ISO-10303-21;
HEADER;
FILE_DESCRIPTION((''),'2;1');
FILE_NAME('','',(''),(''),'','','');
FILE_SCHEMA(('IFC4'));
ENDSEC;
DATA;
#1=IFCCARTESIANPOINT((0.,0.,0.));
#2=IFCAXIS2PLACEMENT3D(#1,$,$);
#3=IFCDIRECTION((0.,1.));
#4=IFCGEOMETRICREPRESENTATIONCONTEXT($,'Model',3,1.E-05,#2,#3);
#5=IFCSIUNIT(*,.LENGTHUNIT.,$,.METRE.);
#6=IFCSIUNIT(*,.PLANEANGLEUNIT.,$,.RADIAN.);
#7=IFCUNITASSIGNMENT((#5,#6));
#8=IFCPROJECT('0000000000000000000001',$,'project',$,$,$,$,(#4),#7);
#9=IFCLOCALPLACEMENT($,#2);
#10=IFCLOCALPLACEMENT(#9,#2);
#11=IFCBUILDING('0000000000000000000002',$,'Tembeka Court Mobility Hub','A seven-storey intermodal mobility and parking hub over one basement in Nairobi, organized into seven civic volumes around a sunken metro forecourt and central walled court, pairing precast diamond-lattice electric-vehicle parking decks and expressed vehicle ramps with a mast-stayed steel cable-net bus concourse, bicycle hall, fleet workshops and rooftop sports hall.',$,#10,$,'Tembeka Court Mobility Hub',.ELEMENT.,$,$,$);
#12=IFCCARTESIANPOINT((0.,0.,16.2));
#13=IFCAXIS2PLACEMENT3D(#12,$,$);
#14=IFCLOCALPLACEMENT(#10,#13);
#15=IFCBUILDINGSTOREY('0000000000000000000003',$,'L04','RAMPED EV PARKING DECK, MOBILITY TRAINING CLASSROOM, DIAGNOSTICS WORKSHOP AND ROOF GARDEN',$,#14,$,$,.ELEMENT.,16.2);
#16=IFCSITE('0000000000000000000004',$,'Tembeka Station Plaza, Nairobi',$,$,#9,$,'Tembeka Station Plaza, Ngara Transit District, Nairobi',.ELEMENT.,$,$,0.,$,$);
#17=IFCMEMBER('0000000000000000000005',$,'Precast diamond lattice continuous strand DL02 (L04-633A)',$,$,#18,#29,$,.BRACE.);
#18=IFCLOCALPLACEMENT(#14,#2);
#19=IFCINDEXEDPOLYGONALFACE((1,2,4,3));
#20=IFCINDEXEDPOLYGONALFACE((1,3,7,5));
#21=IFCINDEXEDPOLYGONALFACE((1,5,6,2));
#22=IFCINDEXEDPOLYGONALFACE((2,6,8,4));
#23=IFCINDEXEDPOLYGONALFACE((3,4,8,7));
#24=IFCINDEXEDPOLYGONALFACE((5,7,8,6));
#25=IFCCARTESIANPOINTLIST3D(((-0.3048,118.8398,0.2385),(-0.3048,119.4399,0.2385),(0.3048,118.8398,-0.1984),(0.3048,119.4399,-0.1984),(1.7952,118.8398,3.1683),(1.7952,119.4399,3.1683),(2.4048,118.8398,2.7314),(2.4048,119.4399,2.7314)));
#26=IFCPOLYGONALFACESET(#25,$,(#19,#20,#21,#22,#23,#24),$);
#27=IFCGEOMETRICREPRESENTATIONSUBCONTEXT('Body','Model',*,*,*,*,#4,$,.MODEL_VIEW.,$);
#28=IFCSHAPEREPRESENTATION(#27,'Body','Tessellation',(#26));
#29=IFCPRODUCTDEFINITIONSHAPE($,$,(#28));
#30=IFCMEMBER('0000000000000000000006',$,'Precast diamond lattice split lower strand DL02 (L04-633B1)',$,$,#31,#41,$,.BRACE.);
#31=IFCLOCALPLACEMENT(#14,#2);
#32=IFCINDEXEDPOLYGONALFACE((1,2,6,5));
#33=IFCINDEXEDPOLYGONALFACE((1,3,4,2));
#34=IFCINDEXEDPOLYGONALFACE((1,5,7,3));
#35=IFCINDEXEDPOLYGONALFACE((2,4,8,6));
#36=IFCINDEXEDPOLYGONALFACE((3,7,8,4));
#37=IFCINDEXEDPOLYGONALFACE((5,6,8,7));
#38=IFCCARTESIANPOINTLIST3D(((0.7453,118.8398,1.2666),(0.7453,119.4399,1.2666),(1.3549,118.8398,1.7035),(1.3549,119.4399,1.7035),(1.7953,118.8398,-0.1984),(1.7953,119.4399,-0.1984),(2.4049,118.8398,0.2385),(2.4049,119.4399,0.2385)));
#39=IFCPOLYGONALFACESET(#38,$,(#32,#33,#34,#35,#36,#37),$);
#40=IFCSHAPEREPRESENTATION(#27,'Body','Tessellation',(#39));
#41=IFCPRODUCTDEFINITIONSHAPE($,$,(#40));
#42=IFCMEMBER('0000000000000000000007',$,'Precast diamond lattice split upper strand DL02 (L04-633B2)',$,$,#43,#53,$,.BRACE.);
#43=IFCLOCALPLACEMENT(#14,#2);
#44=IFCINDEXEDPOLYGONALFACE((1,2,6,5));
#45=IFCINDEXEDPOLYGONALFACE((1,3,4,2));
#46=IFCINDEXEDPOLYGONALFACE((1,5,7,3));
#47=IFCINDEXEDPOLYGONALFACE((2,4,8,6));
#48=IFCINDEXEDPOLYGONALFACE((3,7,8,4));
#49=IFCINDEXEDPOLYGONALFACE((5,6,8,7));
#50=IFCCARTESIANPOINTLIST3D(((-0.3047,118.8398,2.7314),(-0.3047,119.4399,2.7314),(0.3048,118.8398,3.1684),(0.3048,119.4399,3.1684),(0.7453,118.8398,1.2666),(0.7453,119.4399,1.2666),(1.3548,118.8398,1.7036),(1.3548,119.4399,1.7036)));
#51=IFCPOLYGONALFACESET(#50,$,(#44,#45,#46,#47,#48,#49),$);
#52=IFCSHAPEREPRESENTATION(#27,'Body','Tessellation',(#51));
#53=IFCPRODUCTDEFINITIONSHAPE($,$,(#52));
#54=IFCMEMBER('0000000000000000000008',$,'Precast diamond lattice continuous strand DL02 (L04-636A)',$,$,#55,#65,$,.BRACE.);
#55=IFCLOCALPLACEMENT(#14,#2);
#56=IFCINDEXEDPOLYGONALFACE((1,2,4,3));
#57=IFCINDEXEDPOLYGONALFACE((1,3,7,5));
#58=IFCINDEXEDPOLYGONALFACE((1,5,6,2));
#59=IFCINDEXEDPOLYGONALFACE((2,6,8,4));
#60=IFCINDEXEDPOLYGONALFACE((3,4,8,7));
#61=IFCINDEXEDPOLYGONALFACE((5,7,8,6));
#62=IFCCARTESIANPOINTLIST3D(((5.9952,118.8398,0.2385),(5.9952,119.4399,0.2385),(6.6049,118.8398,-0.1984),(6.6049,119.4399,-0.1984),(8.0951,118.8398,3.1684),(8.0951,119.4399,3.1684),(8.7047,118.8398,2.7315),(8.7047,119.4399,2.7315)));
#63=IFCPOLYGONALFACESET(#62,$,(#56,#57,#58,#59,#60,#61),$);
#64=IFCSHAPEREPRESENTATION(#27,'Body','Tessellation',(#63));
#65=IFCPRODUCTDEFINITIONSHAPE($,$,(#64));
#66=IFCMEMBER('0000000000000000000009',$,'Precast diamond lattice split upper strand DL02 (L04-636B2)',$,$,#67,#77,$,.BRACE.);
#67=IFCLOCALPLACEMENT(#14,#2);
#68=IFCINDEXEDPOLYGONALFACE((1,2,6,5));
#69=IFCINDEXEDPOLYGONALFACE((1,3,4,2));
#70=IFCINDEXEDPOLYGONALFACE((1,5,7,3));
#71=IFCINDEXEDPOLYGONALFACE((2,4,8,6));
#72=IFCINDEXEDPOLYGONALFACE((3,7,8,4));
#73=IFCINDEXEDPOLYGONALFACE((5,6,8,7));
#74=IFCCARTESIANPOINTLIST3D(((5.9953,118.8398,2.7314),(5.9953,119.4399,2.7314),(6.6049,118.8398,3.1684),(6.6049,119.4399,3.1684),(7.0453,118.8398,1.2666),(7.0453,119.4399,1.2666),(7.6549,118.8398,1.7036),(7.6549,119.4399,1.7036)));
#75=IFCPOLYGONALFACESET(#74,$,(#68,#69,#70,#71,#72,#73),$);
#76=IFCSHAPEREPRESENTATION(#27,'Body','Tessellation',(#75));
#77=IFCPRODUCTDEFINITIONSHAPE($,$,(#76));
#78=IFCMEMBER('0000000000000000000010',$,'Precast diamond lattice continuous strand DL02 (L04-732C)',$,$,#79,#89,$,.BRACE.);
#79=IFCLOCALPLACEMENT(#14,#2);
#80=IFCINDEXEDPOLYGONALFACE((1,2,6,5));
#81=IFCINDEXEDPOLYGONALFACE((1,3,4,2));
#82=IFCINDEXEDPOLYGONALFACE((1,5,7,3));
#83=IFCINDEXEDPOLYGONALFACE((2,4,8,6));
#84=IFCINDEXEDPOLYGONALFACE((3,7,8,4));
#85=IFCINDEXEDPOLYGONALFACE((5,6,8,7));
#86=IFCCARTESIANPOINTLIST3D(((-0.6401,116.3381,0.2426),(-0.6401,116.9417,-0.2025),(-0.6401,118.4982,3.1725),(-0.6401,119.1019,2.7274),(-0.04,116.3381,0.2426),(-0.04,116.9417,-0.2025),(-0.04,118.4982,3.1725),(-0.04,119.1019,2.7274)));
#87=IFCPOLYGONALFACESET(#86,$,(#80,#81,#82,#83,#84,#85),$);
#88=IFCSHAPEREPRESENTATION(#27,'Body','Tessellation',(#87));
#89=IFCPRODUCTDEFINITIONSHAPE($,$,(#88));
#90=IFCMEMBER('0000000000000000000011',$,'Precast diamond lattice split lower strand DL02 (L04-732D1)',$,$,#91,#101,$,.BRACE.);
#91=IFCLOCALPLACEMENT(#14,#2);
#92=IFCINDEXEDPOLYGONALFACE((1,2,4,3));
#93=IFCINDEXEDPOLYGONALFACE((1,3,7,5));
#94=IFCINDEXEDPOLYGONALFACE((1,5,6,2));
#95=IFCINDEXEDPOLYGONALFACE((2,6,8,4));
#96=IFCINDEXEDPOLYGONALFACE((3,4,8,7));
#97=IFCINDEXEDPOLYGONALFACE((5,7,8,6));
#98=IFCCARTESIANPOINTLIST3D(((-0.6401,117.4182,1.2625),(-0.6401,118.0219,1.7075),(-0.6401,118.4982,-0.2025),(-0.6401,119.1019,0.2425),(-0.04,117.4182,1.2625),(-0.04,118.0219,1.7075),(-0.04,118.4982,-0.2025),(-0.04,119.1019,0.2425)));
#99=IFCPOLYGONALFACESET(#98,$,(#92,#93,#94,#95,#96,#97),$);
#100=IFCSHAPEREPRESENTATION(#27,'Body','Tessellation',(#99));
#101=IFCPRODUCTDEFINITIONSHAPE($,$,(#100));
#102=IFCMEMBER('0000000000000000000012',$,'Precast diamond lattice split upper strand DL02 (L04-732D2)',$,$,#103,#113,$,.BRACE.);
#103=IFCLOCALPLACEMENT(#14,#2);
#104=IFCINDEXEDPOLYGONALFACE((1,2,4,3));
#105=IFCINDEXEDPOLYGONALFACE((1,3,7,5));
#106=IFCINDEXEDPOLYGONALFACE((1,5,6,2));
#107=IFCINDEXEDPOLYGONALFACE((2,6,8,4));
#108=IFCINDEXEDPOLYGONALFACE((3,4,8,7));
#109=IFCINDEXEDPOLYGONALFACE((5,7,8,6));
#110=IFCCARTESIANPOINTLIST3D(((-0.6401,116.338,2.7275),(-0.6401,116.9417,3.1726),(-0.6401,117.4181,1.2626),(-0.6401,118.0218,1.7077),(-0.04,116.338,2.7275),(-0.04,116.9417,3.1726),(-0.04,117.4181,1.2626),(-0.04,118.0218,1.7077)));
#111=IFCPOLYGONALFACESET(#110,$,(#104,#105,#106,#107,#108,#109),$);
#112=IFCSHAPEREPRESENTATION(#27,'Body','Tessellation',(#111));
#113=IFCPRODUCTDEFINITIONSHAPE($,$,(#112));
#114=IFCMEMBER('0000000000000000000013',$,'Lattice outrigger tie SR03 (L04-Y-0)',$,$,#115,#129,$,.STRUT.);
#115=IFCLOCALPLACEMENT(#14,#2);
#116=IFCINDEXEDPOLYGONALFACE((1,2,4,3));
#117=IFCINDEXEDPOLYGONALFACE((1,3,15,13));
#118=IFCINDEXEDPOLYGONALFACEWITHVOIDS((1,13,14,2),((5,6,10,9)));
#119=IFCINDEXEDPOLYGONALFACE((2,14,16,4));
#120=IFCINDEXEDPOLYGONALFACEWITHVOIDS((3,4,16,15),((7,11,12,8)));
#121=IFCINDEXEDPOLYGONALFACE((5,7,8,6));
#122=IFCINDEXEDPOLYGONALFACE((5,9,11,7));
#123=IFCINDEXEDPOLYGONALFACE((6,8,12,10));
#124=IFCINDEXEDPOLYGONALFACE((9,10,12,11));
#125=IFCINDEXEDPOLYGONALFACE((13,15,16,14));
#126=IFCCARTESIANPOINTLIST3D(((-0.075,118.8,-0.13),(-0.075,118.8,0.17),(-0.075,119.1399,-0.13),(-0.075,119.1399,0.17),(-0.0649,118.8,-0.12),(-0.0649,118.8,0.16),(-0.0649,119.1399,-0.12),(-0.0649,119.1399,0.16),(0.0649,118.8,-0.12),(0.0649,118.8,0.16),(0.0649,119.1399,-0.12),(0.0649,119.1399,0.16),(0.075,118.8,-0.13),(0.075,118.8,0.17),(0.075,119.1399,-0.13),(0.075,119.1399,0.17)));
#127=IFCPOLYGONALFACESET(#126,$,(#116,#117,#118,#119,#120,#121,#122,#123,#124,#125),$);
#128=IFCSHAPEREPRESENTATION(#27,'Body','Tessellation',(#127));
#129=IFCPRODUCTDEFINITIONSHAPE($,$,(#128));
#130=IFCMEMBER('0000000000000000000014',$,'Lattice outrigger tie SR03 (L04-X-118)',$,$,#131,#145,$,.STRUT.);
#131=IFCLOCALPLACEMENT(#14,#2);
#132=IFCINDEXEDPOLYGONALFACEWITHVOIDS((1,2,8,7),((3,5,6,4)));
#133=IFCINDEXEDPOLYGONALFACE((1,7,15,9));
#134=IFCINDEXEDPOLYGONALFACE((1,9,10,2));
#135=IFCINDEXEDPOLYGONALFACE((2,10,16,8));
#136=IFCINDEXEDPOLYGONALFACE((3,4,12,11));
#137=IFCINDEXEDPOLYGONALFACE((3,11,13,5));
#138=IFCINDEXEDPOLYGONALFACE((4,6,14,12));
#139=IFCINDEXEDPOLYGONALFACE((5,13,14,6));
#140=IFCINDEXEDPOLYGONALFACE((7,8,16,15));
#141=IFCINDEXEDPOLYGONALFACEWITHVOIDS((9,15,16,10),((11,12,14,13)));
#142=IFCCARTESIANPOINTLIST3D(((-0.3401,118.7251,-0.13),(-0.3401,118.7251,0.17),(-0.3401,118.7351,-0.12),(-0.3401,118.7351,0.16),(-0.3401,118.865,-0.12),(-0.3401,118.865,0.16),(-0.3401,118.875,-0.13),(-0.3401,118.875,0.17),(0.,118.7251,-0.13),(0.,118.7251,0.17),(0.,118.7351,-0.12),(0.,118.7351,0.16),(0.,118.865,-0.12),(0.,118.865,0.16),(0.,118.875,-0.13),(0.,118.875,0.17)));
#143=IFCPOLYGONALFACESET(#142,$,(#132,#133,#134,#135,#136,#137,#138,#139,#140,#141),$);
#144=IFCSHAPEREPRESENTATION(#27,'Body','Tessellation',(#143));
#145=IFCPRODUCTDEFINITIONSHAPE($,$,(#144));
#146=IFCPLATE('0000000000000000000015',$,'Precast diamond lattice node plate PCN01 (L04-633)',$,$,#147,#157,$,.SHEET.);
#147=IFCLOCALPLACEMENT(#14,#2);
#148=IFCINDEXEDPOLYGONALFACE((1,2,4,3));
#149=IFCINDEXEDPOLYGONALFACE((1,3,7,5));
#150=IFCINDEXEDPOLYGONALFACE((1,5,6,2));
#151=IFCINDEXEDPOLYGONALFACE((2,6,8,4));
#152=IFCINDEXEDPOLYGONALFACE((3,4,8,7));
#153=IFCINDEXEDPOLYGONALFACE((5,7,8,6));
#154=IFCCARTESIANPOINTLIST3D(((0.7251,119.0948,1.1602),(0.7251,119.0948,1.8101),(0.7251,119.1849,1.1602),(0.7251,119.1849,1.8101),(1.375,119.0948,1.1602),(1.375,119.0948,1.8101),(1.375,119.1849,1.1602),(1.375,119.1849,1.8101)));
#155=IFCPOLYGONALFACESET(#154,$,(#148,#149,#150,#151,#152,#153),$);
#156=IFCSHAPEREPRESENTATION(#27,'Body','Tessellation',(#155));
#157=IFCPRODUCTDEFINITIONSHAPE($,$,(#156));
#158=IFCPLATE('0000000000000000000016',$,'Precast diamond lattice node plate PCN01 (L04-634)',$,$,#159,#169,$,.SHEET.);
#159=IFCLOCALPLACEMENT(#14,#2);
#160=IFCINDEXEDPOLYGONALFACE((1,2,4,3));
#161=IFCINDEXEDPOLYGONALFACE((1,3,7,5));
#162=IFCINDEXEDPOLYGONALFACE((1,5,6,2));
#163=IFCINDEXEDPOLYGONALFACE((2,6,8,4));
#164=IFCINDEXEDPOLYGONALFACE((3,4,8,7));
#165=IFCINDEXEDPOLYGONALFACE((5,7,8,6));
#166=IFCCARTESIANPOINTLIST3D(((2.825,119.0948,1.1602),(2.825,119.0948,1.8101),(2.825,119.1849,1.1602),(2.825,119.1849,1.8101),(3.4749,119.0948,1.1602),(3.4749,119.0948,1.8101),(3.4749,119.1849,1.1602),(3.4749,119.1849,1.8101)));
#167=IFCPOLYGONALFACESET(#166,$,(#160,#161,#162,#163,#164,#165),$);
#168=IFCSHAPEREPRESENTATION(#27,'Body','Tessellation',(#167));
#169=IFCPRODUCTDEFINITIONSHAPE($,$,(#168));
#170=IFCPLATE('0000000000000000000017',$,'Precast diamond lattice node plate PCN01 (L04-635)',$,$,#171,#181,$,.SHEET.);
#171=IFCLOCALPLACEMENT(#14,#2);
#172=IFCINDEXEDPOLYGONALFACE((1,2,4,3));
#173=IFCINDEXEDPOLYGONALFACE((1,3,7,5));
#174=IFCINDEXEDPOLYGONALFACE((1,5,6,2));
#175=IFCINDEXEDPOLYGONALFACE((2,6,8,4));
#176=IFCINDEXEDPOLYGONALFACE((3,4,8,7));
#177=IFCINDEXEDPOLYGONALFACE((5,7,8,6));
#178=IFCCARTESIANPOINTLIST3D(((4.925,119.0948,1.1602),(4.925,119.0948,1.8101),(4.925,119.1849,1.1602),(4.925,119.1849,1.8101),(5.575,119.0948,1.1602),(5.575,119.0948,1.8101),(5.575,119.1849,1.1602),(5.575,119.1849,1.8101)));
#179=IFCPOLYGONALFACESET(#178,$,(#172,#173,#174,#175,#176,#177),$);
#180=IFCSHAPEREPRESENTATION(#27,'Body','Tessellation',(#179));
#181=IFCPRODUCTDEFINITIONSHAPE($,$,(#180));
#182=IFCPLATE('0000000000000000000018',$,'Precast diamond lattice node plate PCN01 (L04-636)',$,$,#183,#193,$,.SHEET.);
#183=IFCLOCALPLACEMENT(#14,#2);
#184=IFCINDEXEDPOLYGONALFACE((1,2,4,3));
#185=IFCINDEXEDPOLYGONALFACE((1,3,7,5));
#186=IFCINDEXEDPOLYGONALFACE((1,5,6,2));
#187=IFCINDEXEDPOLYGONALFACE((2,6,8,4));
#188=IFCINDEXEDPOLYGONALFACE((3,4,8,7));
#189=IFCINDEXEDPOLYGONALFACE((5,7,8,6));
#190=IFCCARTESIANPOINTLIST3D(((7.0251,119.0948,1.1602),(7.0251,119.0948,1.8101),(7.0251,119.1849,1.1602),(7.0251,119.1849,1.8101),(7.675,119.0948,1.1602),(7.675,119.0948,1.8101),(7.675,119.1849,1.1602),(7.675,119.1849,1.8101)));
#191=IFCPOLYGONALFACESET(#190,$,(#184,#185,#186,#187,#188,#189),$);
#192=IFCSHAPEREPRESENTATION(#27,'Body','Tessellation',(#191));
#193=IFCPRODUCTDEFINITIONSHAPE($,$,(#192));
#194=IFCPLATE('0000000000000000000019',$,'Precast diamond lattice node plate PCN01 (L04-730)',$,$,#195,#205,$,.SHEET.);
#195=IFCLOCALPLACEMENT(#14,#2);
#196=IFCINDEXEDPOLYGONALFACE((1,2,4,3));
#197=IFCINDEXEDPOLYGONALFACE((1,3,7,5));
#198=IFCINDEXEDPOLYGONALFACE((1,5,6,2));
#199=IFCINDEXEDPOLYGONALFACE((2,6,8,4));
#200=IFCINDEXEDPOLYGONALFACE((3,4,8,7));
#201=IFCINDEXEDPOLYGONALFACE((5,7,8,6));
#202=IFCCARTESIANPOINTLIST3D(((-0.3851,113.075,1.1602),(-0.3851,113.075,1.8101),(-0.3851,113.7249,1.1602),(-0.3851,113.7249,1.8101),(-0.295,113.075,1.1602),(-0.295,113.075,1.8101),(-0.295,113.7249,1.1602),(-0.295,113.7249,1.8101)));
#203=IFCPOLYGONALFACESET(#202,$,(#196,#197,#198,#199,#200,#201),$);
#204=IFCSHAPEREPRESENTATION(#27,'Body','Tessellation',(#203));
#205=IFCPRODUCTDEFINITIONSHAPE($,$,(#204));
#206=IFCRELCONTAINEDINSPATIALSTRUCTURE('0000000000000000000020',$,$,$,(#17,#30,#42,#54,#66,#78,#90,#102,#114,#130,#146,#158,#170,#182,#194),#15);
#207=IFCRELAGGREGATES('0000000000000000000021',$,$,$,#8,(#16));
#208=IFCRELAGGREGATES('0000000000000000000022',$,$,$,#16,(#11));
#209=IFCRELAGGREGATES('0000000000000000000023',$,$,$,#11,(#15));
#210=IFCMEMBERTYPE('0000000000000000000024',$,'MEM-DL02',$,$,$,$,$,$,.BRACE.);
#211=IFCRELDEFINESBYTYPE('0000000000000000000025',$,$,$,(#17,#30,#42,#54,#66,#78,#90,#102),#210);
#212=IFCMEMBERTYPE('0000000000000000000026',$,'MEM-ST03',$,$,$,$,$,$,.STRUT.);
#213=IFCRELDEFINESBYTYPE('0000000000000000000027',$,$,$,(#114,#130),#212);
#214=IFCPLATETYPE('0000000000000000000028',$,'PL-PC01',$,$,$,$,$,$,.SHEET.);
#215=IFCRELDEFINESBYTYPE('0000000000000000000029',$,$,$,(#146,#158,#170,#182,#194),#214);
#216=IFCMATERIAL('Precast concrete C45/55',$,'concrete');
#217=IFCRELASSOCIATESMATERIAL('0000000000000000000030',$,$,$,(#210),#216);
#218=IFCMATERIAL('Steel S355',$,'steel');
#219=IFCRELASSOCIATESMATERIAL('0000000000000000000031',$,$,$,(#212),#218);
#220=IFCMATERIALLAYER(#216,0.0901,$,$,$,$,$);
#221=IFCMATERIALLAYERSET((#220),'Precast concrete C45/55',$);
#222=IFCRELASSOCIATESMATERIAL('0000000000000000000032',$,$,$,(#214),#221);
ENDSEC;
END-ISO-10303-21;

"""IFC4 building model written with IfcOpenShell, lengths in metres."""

from ifc_helpers import new_model, si_unit, direction, frame, origin, origin_2d, place, context, subcontext, project, spatial, rectangle, hollow_rectangle, extrude, material, layer, layer_set, material_profile, profile_set, type_object, element, save


model = new_model("IFC4")

# Units and contexts
model_context = context("Model", 3, precision=1e-05, world=origin(), true_north=direction((0.0, 1.0)))
body_context = subcontext(model_context, "Body", "Model", "MODEL_VIEW")
ifc_project = project(units=[si_unit("LENGTHUNIT", "METRE"), si_unit("PLANEANGLEUNIT", "RADIAN")], contexts=[model_context])

# Site, building, storey
site_placement = place(None, origin())
site = spatial("IfcSite", under=ifc_project, at=site_placement, Name="Tembeka Station Plaza, Nairobi", LongName="Tembeka Station Plaza, Ngara Transit District, Nairobi", CompositionType="ELEMENT", RefElevation=0.0)
building_placement = place(site_placement, origin())
building = spatial("IfcBuilding", under=site, at=building_placement, Name="Tembeka Court Mobility Hub", Description="A seven-storey intermodal mobility and parking hub over one basement in Nairobi, organized into seven civic volumes around a sunken metro forecourt and central walled court, pairing precast diamond-lattice electric-vehicle parking decks and expressed vehicle ramps with a mast-stayed steel cable-net bus concourse, bicycle hall, fleet workshops and rooftop sports hall.", LongName="Tembeka Court Mobility Hub", CompositionType="ELEMENT")
storey_placement = place(building_placement, frame((0.0, 0.0, 16.2)))
storey = spatial("IfcBuildingStorey", under=building, at=storey_placement, Name="L04", Description="RAMPED EV PARKING DECK, MOBILITY TRAINING CLASSROOM, DIAGNOSTICS WORKSHOP AND ROOF GARDEN", CompositionType="ELEMENT", Elevation=16.2)

# Shared definitions
ifc_material_1 = material(Name="Steel S355", Category="steel")

# Shared definitions
ifc_material_2 = material(Name="Precast concrete C45/55", Category="concrete")

# Members
ifc_material_profile_1 = material_profile(ifc_material_2, rectangle(XDim=0.6001, YDim=0.75, at=origin_2d()), Name="PC-DIAG 600x750")
ifc_profile_set_1 = profile_set([ifc_material_profile_1], Name="Precast concrete C45/55")
member_type_1 = type_object("IfcMemberType", Name="MEM-DL02", PredefinedType="BRACE", material=ifc_profile_set_1)
member_1_placement = place(storey_placement, frame((0.0, 119.1399, 0.02), z_axis=(0.582576, 0.0, 0.812776), x_axis=(0.0, 1.0, 0.0)))
element("IfcMember", 1, at=member_1_placement, inside=storey, type_object=member_type_1, Name="Precast diamond lattice continuous strand DL02 (L04-633A)", PredefinedType="BRACE", context=body_context, shape_type="SweptSolid", body=[
    extrude(rectangle(XDim=0.6001, YDim=0.75, at=origin_2d()), origin(), (0.0, 0.0, 1.0), 3.6047),
])
member_2_placement = place(storey_placement, frame((2.1001, 119.1399, 0.02), z_axis=(-0.582544, 0.0, 0.812799), x_axis=(0.0, -1.0, 0.0)))
element("IfcMember", 2, at=member_2_placement, inside=storey, type_object=member_type_1, Name="Precast diamond lattice split lower strand DL02 (L04-633B1)", PredefinedType="BRACE", context=body_context, shape_type="SweptSolid", body=[
    extrude(rectangle(XDim=0.6001, YDim=0.75, at=origin_2d()), origin(), (0.0, 0.0, 1.0), 1.8025),
])
member_3_placement = place(storey_placement, frame((1.05, 119.1399, 1.4851), z_axis=(-0.582608, 0.0, 0.812753), x_axis=(0.0, -1.0, 0.0)))
element("IfcMember", 3, at=member_3_placement, inside=storey, type_object=member_type_1, Name="Precast diamond lattice split upper strand DL02 (L04-633B2)", PredefinedType="BRACE", context=body_context, shape_type="SweptSolid", body=[
    extrude(rectangle(XDim=0.6001, YDim=0.75, at=origin_2d()), origin(), (0.0, 0.0, 1.0), 1.8022),
])
member_4_placement = place(storey_placement, frame((6.3, 119.1399, 0.02), z_axis=(0.582532, 0.0, 0.812808), x_axis=(0.0, 1.0, 0.0)))
element("IfcMember", 4, at=member_4_placement, inside=storey, type_object=member_type_1, Name="Precast diamond lattice continuous strand DL02 (L04-636A)", PredefinedType="BRACE", context=body_context, shape_type="SweptSolid", body=[
    extrude(rectangle(XDim=0.6001, YDim=0.75, at=origin_2d()), origin(), (0.0, 0.0, 1.0), 3.6047),
])
member_5_placement = place(storey_placement, frame((7.3501, 119.1399, 1.4851), z_axis=(-0.582608, 0.0, 0.812753), x_axis=(0.0, -1.0, 0.0)))
element("IfcMember", 5, at=member_5_placement, inside=storey, type_object=member_type_1, Name="Precast diamond lattice split upper strand DL02 (L04-636B2)", PredefinedType="BRACE", context=body_context, shape_type="SweptSolid", body=[
    extrude(rectangle(XDim=0.6001, YDim=0.75, at=origin_2d()), origin(), (0.0, 0.0, 1.0), 1.8022),
])
member_6_placement = place(storey_placement, frame((-0.3401, 116.6399, 0.02), z_axis=(0.0, 0.593423, 0.804891), x_axis=(-1.0, 0.0, 0.0)))
element("IfcMember", 6, at=member_6_placement, inside=storey, type_object=member_type_1, Name="Precast diamond lattice continuous strand DL02 (L04-732C)", PredefinedType="BRACE", context=body_context, shape_type="SweptSolid", body=[
    extrude(rectangle(XDim=0.6001, YDim=0.75, at=origin_2d()), origin(), (0.0, 0.0, 1.0), 3.6401),
])
for number, where, z_axis, x_axis, name in (
    (7, (-0.3401, 118.8, 0.02), (0.0, -0.593391, 0.804914), (1.0, 0.0, 0.0), "Precast diamond lattice split lower strand DL02 (L04-732D1)"),
    (8, (-0.3401, 117.72, 1.4851), (0.0, -0.593455, 0.804867), (1.0, 0.0, 0.0), "Precast diamond lattice split upper strand DL02 (L04-732D2)"),
):
    element("IfcMember", number, at=place(storey_placement, frame(where, z_axis=z_axis, x_axis=x_axis)), inside=storey, type_object=member_type_1, Name=name, PredefinedType="BRACE", context=body_context, shape_type="SweptSolid", body=[
        extrude(rectangle(XDim=0.6001, YDim=0.75, at=origin_2d()), origin(), (0.0, 0.0, 1.0), 1.8201),
    ])
ifc_material_profile_2 = material_profile(ifc_material_1, hollow_rectangle(XDim=0.1499, YDim=0.3, WallThickness=0.01, at=origin_2d()), Name="RHS 300x150x10")
ifc_profile_set_2 = profile_set([ifc_material_profile_2], Name="Steel S355")
member_type_2 = type_object("IfcMemberType", Name="MEM-ST03", PredefinedType="STRUT", material=ifc_profile_set_2)
member_7_placement = place(storey_placement, frame((0.0, 118.8, 0.02), z_axis=(0.0, 1.0, 0.0), x_axis=(-1.0, 0.0, 0.0)))
element("IfcMember", 9, at=member_7_placement, inside=storey, type_object=member_type_2, Name="Lattice outrigger tie SR03 (L04-Y-0)", PredefinedType="STRUT", context=body_context, shape_type="SweptSolid", body=[
    extrude(hollow_rectangle(XDim=0.1499, YDim=0.3, WallThickness=0.01, at=origin_2d()), origin(), (0.0, 0.0, 1.0), 0.3398),
])
member_8_placement = place(storey_placement, frame((0.0, 118.8, 0.02), z_axis=(-1.0, 0.0, 0.0), x_axis=(0.0, -1.0, 0.0)))
element("IfcMember", 10, at=member_8_placement, inside=storey, type_object=member_type_2, Name="Lattice outrigger tie SR03 (L04-X-118)", PredefinedType="STRUT", context=body_context, shape_type="SweptSolid", body=[
    extrude(hollow_rectangle(XDim=0.1499, YDim=0.3, WallThickness=0.01, at=origin_2d()), origin(), (0.0, 0.0, 1.0), 0.3401),
])

# Plates
ifc_layer = layer(ifc_material_2, 0.0901)
ifc_layer_set = layer_set([ifc_layer], Name="Precast concrete C45/55")
plate_type = type_object("IfcPlateType", Name="PL-PC01", PredefinedType="SHEET", material=ifc_layer_set)
for number, where, z_axis, x_axis, name in (
    (11, (1.05, 119.1399, 1.1602), (0.0, 0.0, 1.0), (1.0, 0.0, 0.0), "Precast diamond lattice node plate PCN01 (L04-633)"),
    (12, (3.1499, 119.1399, 1.1602), (0.0, 0.0, 1.0), (1.0, 0.0, 0.0), "Precast diamond lattice node plate PCN01 (L04-634)"),
    (13, (5.25, 119.1399, 1.1602), (0.0, 0.0, 1.0), (1.0, 0.0, 0.0), "Precast diamond lattice node plate PCN01 (L04-635)"),
    (14, (7.3501, 119.1399, 1.1602), (0.0, 0.0, 1.0), (1.0, 0.0, 0.0), "Precast diamond lattice node plate PCN01 (L04-636)"),
):
    element("IfcPlate", number, at=place(storey_placement, frame(where, z_axis=z_axis, x_axis=x_axis)), inside=storey, type_object=plate_type, Name=name, PredefinedType="SHEET", context=body_context, shape_type="SweptSolid", body=[
        extrude(rectangle(XDim=0.6499, YDim=0.0901, at=origin_2d()), origin(), (0.0, 0.0, 1.0), 0.6499),
    ])
for number, where, z_axis, x_axis, name in (
    (15, (-0.3401, 113.3999, 1.1602), (0.0, 0.0, 1.0), (1.0, 0.0, 0.0), "Precast diamond lattice node plate PCN01 (L04-730)"),
):
    element("IfcPlate", number, at=place(storey_placement, frame(where, z_axis=z_axis, x_axis=x_axis)), inside=storey, type_object=plate_type, Name=name, PredefinedType="SHEET", context=body_context, shape_type="SweptSolid", body=[
        extrude(rectangle(XDim=0.0901, YDim=0.6499, at=origin_2d()), origin(), (0.0, 0.0, 1.0), 0.6499),
    ])

save(model, "model.ifc")
